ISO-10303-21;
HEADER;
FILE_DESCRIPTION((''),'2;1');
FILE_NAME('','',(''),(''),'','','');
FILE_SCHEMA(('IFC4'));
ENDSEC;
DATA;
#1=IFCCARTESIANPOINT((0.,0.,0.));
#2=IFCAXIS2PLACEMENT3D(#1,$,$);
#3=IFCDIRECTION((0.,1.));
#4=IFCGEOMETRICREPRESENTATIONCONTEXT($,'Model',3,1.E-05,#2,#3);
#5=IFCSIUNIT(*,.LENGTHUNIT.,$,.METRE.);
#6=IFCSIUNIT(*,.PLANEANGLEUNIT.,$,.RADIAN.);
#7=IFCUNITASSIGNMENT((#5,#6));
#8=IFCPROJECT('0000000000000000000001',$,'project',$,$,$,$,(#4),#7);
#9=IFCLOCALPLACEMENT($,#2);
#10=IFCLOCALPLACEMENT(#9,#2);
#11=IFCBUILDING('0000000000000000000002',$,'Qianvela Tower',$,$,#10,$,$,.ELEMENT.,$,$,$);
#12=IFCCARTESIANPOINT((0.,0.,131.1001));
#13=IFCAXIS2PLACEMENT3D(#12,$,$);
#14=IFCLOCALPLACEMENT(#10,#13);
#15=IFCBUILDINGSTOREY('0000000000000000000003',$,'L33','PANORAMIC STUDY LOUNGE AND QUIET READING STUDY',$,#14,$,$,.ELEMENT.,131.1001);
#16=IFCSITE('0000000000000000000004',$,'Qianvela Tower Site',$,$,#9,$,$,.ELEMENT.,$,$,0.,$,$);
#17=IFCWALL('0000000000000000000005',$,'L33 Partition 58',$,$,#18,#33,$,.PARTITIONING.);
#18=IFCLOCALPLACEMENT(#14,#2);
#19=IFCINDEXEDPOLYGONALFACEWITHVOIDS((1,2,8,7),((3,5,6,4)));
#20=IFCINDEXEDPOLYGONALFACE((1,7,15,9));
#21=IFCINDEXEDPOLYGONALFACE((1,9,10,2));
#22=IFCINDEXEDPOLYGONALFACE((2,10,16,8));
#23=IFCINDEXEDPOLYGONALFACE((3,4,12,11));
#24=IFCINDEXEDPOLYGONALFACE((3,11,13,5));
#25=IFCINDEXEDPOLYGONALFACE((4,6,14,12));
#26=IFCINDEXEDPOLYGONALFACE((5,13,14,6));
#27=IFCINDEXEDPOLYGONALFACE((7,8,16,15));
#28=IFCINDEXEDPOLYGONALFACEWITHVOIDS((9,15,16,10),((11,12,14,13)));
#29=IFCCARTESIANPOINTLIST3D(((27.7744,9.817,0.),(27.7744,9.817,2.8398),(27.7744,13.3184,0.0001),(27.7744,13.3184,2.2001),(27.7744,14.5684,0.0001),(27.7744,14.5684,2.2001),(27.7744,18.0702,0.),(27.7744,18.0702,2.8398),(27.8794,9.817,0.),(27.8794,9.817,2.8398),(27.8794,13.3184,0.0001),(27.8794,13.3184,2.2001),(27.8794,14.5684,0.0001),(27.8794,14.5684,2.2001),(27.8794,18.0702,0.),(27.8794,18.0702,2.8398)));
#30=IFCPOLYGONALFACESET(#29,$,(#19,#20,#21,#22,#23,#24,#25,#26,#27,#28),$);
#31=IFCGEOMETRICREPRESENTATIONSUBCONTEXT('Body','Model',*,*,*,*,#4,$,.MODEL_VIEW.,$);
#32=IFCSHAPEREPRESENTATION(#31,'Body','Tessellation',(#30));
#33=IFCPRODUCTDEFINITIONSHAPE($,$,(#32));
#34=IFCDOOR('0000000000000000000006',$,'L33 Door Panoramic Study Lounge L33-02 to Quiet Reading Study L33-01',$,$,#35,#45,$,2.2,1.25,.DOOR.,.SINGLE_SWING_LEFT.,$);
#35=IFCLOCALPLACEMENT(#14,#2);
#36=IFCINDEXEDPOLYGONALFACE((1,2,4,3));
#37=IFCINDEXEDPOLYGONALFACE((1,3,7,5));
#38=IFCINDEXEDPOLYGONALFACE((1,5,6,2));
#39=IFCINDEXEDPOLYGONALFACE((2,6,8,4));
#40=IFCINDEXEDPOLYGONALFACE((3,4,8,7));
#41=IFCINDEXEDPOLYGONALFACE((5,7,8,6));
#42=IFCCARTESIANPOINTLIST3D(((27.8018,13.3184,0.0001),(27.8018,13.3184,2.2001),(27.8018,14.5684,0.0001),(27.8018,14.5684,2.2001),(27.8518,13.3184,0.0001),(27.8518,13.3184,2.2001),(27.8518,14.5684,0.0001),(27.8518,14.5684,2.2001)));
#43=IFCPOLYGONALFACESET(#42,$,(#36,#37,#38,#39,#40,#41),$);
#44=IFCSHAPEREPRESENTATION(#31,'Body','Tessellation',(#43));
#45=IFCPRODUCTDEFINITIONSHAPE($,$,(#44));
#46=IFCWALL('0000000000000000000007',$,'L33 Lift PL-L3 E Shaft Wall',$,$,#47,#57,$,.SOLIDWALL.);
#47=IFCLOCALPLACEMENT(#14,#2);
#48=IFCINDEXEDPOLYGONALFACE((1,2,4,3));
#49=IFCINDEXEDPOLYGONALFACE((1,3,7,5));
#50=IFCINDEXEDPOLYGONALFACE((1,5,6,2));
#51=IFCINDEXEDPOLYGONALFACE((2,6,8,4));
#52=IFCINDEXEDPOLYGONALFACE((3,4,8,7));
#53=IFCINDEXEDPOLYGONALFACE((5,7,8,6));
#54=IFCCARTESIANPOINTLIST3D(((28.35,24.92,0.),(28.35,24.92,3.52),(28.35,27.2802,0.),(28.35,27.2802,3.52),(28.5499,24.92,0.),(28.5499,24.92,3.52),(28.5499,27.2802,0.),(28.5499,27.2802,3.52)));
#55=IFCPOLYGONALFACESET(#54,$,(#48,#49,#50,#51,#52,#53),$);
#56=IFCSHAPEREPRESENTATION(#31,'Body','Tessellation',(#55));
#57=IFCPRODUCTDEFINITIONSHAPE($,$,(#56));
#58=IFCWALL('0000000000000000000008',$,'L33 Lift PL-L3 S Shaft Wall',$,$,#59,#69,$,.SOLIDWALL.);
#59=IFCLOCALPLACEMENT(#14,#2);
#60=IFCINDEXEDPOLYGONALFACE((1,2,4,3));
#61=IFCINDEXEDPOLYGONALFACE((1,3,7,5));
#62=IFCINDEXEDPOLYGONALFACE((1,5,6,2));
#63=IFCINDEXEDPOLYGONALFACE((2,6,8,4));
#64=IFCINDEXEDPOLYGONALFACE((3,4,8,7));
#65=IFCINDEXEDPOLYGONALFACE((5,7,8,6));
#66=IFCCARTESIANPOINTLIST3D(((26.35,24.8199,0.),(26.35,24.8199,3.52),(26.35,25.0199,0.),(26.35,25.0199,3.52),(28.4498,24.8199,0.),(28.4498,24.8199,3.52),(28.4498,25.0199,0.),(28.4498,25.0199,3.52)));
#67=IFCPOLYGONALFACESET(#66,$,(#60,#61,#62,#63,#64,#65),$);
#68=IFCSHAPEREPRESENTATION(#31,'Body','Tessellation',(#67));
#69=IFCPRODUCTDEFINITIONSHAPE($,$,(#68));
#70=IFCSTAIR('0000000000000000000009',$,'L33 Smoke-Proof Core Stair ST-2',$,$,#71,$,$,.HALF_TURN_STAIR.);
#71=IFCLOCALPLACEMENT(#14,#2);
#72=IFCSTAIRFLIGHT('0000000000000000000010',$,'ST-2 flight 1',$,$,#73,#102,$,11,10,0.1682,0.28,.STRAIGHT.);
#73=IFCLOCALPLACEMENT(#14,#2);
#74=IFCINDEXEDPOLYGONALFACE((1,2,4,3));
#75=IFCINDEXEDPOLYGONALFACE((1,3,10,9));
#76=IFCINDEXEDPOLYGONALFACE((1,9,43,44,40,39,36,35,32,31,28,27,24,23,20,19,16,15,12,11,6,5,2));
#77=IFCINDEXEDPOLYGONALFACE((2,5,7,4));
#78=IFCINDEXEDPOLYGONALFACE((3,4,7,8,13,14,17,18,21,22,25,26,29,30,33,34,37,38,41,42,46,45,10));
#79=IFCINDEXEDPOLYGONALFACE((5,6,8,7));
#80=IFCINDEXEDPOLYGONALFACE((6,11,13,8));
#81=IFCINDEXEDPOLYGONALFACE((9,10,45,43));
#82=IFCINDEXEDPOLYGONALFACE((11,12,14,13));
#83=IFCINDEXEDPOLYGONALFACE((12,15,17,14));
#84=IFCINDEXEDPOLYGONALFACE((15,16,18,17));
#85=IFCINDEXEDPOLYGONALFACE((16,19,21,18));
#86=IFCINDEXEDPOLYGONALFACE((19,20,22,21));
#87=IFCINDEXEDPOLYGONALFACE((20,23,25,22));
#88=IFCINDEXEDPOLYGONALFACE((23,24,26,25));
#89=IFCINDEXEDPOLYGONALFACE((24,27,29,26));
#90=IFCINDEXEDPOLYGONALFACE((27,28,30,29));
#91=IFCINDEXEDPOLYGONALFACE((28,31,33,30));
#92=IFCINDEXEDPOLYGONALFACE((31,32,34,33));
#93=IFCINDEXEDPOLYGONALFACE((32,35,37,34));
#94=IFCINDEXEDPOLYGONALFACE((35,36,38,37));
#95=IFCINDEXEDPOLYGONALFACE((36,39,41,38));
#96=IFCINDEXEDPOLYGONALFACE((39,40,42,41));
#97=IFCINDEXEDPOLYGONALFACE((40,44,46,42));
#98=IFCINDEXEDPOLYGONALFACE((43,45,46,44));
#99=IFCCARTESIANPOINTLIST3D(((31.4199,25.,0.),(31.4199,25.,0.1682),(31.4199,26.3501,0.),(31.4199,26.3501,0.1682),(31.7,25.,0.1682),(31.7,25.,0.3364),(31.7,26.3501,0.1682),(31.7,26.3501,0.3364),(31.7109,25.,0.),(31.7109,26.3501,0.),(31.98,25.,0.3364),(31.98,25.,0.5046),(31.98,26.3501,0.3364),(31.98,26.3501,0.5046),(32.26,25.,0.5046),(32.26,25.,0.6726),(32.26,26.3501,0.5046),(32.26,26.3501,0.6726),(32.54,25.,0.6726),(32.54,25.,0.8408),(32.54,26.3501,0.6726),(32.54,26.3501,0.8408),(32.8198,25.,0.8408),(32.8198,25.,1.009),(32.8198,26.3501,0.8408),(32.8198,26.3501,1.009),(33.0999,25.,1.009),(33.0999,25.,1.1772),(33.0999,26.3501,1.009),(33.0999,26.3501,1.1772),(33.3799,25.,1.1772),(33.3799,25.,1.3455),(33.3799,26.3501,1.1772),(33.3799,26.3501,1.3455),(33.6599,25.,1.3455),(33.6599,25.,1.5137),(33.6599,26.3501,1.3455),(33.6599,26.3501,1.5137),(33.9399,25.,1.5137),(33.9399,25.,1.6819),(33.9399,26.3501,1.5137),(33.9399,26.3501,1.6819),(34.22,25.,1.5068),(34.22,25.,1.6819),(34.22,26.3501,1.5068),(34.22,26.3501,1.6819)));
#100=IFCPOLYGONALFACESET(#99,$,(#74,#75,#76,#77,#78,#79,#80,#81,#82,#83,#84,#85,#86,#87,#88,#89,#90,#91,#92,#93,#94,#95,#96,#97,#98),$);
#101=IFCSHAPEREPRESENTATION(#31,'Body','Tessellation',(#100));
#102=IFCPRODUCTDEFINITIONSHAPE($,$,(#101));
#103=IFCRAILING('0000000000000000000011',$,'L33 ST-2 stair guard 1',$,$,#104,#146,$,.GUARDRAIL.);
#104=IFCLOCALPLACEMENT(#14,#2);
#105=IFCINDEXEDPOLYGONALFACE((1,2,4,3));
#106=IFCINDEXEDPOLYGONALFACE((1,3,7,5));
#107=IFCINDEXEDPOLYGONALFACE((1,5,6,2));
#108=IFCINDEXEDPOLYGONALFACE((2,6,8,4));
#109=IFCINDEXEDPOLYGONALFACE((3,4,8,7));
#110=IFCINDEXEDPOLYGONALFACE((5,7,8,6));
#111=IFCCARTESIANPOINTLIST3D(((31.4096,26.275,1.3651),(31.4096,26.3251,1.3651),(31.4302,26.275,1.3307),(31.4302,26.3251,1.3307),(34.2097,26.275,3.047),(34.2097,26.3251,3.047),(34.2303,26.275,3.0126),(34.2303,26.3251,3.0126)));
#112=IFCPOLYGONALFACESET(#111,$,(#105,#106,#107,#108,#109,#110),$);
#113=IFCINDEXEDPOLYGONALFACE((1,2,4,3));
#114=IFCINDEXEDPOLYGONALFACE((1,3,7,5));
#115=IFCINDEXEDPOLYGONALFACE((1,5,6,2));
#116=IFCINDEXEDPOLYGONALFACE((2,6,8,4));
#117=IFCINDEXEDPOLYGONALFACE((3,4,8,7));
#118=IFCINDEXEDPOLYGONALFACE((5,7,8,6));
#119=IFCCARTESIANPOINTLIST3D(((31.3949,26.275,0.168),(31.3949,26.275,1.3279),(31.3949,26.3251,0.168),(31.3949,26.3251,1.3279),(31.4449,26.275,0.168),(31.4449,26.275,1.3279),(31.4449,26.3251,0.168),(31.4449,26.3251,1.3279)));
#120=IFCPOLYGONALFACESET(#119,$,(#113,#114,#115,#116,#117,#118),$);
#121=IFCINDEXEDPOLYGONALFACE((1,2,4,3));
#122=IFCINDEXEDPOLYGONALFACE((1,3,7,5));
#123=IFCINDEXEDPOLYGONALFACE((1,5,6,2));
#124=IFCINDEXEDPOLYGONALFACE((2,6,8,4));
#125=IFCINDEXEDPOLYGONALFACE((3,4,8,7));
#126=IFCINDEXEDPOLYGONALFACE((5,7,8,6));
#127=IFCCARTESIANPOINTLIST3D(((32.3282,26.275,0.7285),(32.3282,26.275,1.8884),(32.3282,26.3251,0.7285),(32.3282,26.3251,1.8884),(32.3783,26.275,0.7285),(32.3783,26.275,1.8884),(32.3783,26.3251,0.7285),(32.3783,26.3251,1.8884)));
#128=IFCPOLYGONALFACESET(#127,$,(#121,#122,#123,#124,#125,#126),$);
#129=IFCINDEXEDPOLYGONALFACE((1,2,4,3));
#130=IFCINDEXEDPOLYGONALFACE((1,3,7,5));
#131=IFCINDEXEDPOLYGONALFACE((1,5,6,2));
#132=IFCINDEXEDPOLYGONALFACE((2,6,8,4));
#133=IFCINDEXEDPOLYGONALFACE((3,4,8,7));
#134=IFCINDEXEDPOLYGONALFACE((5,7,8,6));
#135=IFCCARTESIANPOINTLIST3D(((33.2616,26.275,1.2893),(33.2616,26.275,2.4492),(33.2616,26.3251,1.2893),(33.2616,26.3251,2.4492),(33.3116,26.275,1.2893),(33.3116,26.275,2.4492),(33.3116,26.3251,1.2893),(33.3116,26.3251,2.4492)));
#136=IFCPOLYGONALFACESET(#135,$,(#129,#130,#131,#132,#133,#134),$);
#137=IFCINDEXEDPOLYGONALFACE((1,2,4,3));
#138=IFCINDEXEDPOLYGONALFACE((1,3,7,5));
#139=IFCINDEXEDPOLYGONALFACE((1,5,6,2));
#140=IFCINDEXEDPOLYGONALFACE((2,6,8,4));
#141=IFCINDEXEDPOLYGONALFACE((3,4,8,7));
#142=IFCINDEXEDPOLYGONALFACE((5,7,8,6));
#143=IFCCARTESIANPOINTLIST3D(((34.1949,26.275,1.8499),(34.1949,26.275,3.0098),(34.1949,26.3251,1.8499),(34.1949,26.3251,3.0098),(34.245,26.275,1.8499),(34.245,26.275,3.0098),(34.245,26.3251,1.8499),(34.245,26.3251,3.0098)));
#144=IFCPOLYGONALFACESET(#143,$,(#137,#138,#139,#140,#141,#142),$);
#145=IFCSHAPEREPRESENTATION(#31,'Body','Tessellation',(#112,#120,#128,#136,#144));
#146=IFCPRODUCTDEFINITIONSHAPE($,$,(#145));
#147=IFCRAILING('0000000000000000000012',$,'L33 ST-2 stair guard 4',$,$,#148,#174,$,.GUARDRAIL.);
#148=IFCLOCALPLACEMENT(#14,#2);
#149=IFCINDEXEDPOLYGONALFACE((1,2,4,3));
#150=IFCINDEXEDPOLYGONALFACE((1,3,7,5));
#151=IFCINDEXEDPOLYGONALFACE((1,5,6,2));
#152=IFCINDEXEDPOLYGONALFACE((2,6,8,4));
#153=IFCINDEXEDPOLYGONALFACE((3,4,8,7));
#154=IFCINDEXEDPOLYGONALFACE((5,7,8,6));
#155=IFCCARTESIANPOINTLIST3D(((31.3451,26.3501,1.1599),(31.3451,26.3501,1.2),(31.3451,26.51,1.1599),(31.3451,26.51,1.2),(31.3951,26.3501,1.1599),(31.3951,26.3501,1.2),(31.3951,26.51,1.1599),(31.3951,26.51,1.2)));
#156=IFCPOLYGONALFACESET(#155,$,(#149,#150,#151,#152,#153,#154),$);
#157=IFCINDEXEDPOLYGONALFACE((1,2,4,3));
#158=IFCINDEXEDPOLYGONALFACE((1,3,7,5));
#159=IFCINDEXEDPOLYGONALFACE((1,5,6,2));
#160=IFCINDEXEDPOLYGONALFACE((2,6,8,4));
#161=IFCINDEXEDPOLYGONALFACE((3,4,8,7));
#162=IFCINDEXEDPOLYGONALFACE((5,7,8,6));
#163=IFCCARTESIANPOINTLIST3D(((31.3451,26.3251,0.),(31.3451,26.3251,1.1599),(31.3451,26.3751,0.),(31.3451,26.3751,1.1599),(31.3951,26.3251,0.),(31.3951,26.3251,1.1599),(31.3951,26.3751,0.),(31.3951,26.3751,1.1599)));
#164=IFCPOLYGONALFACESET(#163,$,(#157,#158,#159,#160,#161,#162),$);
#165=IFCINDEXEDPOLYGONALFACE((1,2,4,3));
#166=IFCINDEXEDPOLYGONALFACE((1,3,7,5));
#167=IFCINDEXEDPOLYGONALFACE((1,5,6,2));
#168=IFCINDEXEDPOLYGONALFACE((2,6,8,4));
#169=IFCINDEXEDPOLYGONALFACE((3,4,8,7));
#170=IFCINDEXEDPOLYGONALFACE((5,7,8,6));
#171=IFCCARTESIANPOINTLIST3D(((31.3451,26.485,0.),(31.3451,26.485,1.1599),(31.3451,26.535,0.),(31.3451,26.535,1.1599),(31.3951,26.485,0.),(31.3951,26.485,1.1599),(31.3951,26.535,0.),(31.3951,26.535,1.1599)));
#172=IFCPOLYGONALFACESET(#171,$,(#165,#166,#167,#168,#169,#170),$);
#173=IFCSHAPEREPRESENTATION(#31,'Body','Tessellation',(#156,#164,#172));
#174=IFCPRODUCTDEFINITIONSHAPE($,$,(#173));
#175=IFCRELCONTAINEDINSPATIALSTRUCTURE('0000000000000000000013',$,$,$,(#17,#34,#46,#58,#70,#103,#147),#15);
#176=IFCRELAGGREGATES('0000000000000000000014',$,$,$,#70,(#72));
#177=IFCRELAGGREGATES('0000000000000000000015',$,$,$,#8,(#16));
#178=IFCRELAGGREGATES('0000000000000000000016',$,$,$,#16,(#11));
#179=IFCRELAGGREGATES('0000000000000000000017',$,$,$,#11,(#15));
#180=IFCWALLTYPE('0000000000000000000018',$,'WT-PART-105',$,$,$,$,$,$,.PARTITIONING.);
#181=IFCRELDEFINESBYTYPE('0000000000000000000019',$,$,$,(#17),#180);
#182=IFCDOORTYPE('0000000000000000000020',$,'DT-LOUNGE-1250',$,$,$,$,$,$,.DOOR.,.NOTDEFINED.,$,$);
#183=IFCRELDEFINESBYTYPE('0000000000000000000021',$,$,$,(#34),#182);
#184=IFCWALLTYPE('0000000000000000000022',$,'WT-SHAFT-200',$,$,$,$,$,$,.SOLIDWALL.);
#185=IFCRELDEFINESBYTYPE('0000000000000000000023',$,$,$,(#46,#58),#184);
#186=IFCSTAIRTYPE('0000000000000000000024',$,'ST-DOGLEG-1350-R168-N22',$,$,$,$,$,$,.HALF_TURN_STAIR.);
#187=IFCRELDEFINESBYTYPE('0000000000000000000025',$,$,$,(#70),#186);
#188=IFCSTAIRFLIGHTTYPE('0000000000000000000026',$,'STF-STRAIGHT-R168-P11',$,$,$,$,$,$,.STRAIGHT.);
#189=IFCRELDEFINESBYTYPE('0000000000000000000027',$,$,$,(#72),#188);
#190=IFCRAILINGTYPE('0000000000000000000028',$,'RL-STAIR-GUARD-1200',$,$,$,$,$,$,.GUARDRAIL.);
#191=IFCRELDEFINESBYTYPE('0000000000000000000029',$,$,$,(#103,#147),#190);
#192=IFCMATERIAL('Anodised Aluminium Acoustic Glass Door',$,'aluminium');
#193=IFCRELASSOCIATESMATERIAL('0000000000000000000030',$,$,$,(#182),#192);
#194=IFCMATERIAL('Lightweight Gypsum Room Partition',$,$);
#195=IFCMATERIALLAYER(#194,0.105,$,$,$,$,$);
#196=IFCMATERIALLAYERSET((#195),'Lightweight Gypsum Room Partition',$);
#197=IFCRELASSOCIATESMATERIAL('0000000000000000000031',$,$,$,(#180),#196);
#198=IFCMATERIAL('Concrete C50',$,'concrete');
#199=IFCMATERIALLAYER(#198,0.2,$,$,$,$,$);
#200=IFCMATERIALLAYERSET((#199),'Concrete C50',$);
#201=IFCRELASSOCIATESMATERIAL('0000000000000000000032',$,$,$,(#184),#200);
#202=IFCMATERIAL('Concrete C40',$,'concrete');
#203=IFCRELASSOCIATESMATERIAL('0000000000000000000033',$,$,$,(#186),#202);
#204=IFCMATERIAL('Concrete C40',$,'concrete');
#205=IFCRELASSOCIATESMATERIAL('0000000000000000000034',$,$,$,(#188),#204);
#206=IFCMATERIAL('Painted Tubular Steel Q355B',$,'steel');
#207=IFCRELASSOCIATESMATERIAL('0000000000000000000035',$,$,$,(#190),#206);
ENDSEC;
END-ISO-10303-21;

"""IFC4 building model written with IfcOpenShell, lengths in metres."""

from ifc_helpers import new_model, si_unit, direction, frame, frame_2d, origin, origin_2d, place, context, subcontext, project, spatial, polyline, rectangle, outline, extrude, material, layer, layer_set, type_object, element, fill, aggregate, save


model = new_model("IFC4")

# Units and contexts
model_context = context("Model", 3, precision=1e-05, world=origin(), true_north=direction((0.0, 1.0)))
body_context = subcontext(model_context, "Body", "Model", "MODEL_VIEW")
ifc_project = project(units=[si_unit("LENGTHUNIT", "METRE"), si_unit("PLANEANGLEUNIT", "RADIAN")], contexts=[model_context])

# Site, building, storey
site_placement = place(None, origin())
site = spatial("IfcSite", under=ifc_project, at=site_placement, Name="Qianvela Tower Site", CompositionType="ELEMENT", RefElevation=0.0)
building_placement = place(site_placement, origin())
building = spatial("IfcBuilding", under=site, at=building_placement, Name="Qianvela Tower", CompositionType="ELEMENT")
storey_placement = place(building_placement, frame((0.0, 0.0, 131.1001)))
storey = spatial("IfcBuildingStorey", under=building, at=storey_placement, Name="L33", Description="PANORAMIC STUDY LOUNGE AND QUIET READING STUDY", CompositionType="ELEMENT", Elevation=131.1001)

# Shared definitions
ifc_material_1 = material(Name="Anodised Aluminium Acoustic Glass Door", Category="aluminium")
door_type_1 = type_object("IfcDoorType", Name="DT-LOUNGE-1250", OperationType="NOTDEFINED", PredefinedType="DOOR", material=ifc_material_1)

# Wall, opening, door
ifc_material_2 = material(Name="Lightweight Gypsum Room Partition")
ifc_layer_1 = layer(ifc_material_2, 0.105)
ifc_layer_set_1 = layer_set([ifc_layer_1], Name="Lightweight Gypsum Room Partition")
wall_type_1 = type_object("IfcWallType", Name="WT-PART-105", PredefinedType="PARTITIONING", material=ifc_layer_set_1)
wall_1_placement = place(storey_placement, frame((27.8269, 18.0701, 0.0), z_axis=(0.0, 0.0, 1.0), x_axis=(0.0, -1.0, 0.0)))
wall_1 = element("IfcWall", 1, at=wall_1_placement, inside=storey, type_object=wall_type_1, Name="L33 Partition 58", PredefinedType="PARTITIONING", context=body_context, shape_type="SweptSolid", body=[
    extrude(rectangle(XDim=8.2532, YDim=0.105, at=frame_2d((4.1265, 0.0))), origin(), (0.0, 0.0, 1.0), 2.8398),
])
opening_1_placement = place(wall_1_placement, frame((3.5017, 0.0, 0.0)))
opening_1 = element("IfcOpeningElement", 2, at=opening_1_placement, cuts=wall_1, PredefinedType="OPENING", context=body_context, shape_type="SweptSolid", body=[
    extrude(rectangle(XDim=1.25, YDim=2.2, at=frame_2d((0.625, 1.1001))), frame((0.0, 0.0625, 0.0), z_axis=(0.0, -1.0, 0.0), x_axis=(1.0, 0.0, 0.0)), (0.0, 0.0, 1.0), 0.125),
])
door_1_placement = place(opening_1_placement, origin())
door_1 = element("IfcDoor", 3, at=door_1_placement, inside=storey, type_object=door_type_1, Name="L33 Door Panoramic Study Lounge L33-02 to Quiet Reading Study L33-01", OperationType="SINGLE_SWING_LEFT", OverallHeight=2.2, OverallWidth=1.25, PredefinedType="DOOR", context=body_context, shape_type="SweptSolid", body=[
    extrude(rectangle(XDim=1.25, YDim=2.2, at=frame_2d((0.625, 1.1001))), frame((0.0, 0.0249, 0.0), z_axis=(0.0, -1.0, 0.0), x_axis=(1.0, 0.0, 0.0)), (0.0, 0.0, 1.0), 0.05),
])
fill(opening_1, door_1)

# Wall
ifc_material_3 = material(Name="Concrete C50", Category="concrete")
ifc_layer_2 = layer(ifc_material_3, 0.2)
ifc_layer_set_2 = layer_set([ifc_layer_2], Name="Concrete C50")
wall_type_2 = type_object("IfcWallType", Name="WT-SHAFT-200", PredefinedType="SOLIDWALL", material=ifc_layer_set_2)
wall_2_placement = place(storey_placement, frame((28.45, 24.9199, 0.0), z_axis=(0.0, 0.0, 1.0), x_axis=(0.0, 1.0, 0.0)))
element("IfcWall", 4, at=wall_2_placement, inside=storey, type_object=wall_type_2, Name="L33 Lift PL-L3 E Shaft Wall", PredefinedType="SOLIDWALL", context=body_context, shape_type="SweptSolid", body=[
    extrude(rectangle(XDim=2.3601, YDim=0.2, at=frame_2d((1.1802, 0.0))), origin(), (0.0, 0.0, 1.0), 3.52),
])

# Wall
wall_3_placement = place(storey_placement, frame((26.3501, 24.9199, 0.0), z_axis=(0.0, 0.0, 1.0), x_axis=(1.0, 0.0, 0.0)))
element("IfcWall", 5, at=wall_3_placement, inside=storey, type_object=wall_type_2, Name="L33 Lift PL-L3 S Shaft Wall", PredefinedType="SOLIDWALL", context=body_context, shape_type="SweptSolid", body=[
    extrude(rectangle(XDim=2.0999, YDim=0.2, at=frame_2d((1.0498, 0.0))), origin(), (0.0, 0.0, 1.0), 3.52),
])

# Stair, stair flight
ifc_material_4 = material(Name="Concrete C40", Category="concrete")
stair_type = type_object("IfcStairType", Name="ST-DOGLEG-1350-R168-N22", PredefinedType="HALF_TURN_STAIR", material=ifc_material_4)
stair_placement = place(storey_placement, origin())
stair = element("IfcStair", 6, at=stair_placement, inside=storey, type_object=stair_type, Name="L33 Smoke-Proof Core Stair ST-2", PredefinedType="HALF_TURN_STAIR")
ifc_material_5 = material(Name="Concrete C40", Category="concrete")
stair_flight_type = type_object("IfcStairFlightType", Name="STF-STRAIGHT-R168-P11", PredefinedType="STRAIGHT", material=ifc_material_5)
stair_flight_placement = place(storey_placement, frame((31.4199, 25.675, 0.0), z_axis=(0.0, 0.0, 1.0), x_axis=(1.0, 0.0, 0.0)))
stair_flight = element("IfcStairFlight", 7, at=stair_flight_placement, type_object=stair_flight_type, Name="ST-2 flight 1", NumberOfRisers=11, NumberOfTreads=10, PredefinedType="STRAIGHT", RiserHeight=0.1682, TreadLength=0.28, context=body_context, shape_type="SweptSolid", body=[
    extrude(outline(polyline([(0.0, 0.0), (0.0, 0.1682), (0.28, 0.1682), (0.28, 0.3364), (0.5601, 0.3364), (0.5601, 0.5046), (0.8401, 0.5046), (0.8401, 0.6726), (1.1201, 0.6726), (1.1201, 0.8408), (1.3999, 0.8408), (1.3999, 1.009), (1.6799, 1.009), (1.6799, 1.1772), (1.96, 1.1772), (1.96, 1.3455), (2.24, 1.3455), (2.24, 1.5137), (2.52, 1.5137), (2.52, 1.6819), (2.8, 1.6819), (2.8, 1.8501), (2.8, 1.5068), (0.291, 0.0), (0.0, 0.0)])), frame((0.0, 0.675, 0.0), z_axis=(0.0, -1.0, 0.0), x_axis=(1.0, 0.0, 0.0)), (0.0, 0.0, 1.0), 1.3501),
])
aggregate(stair, [stair_flight])

# Railings
ifc_material_6 = material(Name="Painted Tubular Steel Q355B", Category="steel")
railing_type_1 = type_object("IfcRailingType", Name="RL-STAIR-GUARD-1200", PredefinedType="GUARDRAIL", material=ifc_material_6)
railing_1_placement = place(storey_placement, frame((31.4199, 26.3, 0.168)))
element("IfcRailing", 8, at=railing_1_placement, inside=storey, type_object=railing_type_1, Name="L33 ST-2 stair guard 1", PredefinedType="GUARDRAIL", context=body_context, shape_type="SweptSolid", body=[
    extrude(rectangle(XDim=0.05, YDim=0.04, at=origin_2d()), frame((0.0, 0.0, 1.1799), z_axis=(0.857242, 0.0, 0.514913), x_axis=(0.0, 1.0, 0.0)), (0.0, 0.0, 1.0), 3.2664),
    extrude(rectangle(XDim=0.05, YDim=0.05, at=origin_2d()), origin(), (0.0, 0.0, 1.0), 1.1599),
    extrude(rectangle(XDim=0.05, YDim=0.05, at=origin_2d()), frame((0.9333, 0.0, 0.5605)), (0.0, 0.0, 1.0), 1.1599),
    extrude(rectangle(XDim=0.05, YDim=0.05, at=origin_2d()), frame((1.8667, 0.0, 1.1213)), (0.0, 0.0, 1.0), 1.1599),
    extrude(rectangle(XDim=0.05, YDim=0.05, at=origin_2d()), frame((2.8, 0.0, 1.6819)), (0.0, 0.0, 1.0), 1.1599),
])
railing_2_placement = place(storey_placement, frame((31.3701, 26.3501, 0.0)))
element("IfcRailing", 9, at=railing_2_placement, inside=storey, type_object=railing_type_1, Name="L33 ST-2 stair guard 4", PredefinedType="GUARDRAIL", context=body_context, shape_type="SweptSolid", body=[
    extrude(rectangle(XDim=0.05, YDim=0.04, at=origin_2d()), frame((0.0, 0.0, 1.1799), z_axis=(0.0, 1.0, 0.0), x_axis=(-1.0, 0.0, 0.0)), (0.0, 0.0, 1.0), 0.1599),
    extrude(rectangle(XDim=0.05, YDim=0.05, at=origin_2d()), origin(), (0.0, 0.0, 1.0), 1.1599),
    extrude(rectangle(XDim=0.05, YDim=0.05, at=origin_2d()), frame((0.0, 0.1599, 0.0)), (0.0, 0.0, 1.0), 1.1599),
])

save(model, "model.ifc")
